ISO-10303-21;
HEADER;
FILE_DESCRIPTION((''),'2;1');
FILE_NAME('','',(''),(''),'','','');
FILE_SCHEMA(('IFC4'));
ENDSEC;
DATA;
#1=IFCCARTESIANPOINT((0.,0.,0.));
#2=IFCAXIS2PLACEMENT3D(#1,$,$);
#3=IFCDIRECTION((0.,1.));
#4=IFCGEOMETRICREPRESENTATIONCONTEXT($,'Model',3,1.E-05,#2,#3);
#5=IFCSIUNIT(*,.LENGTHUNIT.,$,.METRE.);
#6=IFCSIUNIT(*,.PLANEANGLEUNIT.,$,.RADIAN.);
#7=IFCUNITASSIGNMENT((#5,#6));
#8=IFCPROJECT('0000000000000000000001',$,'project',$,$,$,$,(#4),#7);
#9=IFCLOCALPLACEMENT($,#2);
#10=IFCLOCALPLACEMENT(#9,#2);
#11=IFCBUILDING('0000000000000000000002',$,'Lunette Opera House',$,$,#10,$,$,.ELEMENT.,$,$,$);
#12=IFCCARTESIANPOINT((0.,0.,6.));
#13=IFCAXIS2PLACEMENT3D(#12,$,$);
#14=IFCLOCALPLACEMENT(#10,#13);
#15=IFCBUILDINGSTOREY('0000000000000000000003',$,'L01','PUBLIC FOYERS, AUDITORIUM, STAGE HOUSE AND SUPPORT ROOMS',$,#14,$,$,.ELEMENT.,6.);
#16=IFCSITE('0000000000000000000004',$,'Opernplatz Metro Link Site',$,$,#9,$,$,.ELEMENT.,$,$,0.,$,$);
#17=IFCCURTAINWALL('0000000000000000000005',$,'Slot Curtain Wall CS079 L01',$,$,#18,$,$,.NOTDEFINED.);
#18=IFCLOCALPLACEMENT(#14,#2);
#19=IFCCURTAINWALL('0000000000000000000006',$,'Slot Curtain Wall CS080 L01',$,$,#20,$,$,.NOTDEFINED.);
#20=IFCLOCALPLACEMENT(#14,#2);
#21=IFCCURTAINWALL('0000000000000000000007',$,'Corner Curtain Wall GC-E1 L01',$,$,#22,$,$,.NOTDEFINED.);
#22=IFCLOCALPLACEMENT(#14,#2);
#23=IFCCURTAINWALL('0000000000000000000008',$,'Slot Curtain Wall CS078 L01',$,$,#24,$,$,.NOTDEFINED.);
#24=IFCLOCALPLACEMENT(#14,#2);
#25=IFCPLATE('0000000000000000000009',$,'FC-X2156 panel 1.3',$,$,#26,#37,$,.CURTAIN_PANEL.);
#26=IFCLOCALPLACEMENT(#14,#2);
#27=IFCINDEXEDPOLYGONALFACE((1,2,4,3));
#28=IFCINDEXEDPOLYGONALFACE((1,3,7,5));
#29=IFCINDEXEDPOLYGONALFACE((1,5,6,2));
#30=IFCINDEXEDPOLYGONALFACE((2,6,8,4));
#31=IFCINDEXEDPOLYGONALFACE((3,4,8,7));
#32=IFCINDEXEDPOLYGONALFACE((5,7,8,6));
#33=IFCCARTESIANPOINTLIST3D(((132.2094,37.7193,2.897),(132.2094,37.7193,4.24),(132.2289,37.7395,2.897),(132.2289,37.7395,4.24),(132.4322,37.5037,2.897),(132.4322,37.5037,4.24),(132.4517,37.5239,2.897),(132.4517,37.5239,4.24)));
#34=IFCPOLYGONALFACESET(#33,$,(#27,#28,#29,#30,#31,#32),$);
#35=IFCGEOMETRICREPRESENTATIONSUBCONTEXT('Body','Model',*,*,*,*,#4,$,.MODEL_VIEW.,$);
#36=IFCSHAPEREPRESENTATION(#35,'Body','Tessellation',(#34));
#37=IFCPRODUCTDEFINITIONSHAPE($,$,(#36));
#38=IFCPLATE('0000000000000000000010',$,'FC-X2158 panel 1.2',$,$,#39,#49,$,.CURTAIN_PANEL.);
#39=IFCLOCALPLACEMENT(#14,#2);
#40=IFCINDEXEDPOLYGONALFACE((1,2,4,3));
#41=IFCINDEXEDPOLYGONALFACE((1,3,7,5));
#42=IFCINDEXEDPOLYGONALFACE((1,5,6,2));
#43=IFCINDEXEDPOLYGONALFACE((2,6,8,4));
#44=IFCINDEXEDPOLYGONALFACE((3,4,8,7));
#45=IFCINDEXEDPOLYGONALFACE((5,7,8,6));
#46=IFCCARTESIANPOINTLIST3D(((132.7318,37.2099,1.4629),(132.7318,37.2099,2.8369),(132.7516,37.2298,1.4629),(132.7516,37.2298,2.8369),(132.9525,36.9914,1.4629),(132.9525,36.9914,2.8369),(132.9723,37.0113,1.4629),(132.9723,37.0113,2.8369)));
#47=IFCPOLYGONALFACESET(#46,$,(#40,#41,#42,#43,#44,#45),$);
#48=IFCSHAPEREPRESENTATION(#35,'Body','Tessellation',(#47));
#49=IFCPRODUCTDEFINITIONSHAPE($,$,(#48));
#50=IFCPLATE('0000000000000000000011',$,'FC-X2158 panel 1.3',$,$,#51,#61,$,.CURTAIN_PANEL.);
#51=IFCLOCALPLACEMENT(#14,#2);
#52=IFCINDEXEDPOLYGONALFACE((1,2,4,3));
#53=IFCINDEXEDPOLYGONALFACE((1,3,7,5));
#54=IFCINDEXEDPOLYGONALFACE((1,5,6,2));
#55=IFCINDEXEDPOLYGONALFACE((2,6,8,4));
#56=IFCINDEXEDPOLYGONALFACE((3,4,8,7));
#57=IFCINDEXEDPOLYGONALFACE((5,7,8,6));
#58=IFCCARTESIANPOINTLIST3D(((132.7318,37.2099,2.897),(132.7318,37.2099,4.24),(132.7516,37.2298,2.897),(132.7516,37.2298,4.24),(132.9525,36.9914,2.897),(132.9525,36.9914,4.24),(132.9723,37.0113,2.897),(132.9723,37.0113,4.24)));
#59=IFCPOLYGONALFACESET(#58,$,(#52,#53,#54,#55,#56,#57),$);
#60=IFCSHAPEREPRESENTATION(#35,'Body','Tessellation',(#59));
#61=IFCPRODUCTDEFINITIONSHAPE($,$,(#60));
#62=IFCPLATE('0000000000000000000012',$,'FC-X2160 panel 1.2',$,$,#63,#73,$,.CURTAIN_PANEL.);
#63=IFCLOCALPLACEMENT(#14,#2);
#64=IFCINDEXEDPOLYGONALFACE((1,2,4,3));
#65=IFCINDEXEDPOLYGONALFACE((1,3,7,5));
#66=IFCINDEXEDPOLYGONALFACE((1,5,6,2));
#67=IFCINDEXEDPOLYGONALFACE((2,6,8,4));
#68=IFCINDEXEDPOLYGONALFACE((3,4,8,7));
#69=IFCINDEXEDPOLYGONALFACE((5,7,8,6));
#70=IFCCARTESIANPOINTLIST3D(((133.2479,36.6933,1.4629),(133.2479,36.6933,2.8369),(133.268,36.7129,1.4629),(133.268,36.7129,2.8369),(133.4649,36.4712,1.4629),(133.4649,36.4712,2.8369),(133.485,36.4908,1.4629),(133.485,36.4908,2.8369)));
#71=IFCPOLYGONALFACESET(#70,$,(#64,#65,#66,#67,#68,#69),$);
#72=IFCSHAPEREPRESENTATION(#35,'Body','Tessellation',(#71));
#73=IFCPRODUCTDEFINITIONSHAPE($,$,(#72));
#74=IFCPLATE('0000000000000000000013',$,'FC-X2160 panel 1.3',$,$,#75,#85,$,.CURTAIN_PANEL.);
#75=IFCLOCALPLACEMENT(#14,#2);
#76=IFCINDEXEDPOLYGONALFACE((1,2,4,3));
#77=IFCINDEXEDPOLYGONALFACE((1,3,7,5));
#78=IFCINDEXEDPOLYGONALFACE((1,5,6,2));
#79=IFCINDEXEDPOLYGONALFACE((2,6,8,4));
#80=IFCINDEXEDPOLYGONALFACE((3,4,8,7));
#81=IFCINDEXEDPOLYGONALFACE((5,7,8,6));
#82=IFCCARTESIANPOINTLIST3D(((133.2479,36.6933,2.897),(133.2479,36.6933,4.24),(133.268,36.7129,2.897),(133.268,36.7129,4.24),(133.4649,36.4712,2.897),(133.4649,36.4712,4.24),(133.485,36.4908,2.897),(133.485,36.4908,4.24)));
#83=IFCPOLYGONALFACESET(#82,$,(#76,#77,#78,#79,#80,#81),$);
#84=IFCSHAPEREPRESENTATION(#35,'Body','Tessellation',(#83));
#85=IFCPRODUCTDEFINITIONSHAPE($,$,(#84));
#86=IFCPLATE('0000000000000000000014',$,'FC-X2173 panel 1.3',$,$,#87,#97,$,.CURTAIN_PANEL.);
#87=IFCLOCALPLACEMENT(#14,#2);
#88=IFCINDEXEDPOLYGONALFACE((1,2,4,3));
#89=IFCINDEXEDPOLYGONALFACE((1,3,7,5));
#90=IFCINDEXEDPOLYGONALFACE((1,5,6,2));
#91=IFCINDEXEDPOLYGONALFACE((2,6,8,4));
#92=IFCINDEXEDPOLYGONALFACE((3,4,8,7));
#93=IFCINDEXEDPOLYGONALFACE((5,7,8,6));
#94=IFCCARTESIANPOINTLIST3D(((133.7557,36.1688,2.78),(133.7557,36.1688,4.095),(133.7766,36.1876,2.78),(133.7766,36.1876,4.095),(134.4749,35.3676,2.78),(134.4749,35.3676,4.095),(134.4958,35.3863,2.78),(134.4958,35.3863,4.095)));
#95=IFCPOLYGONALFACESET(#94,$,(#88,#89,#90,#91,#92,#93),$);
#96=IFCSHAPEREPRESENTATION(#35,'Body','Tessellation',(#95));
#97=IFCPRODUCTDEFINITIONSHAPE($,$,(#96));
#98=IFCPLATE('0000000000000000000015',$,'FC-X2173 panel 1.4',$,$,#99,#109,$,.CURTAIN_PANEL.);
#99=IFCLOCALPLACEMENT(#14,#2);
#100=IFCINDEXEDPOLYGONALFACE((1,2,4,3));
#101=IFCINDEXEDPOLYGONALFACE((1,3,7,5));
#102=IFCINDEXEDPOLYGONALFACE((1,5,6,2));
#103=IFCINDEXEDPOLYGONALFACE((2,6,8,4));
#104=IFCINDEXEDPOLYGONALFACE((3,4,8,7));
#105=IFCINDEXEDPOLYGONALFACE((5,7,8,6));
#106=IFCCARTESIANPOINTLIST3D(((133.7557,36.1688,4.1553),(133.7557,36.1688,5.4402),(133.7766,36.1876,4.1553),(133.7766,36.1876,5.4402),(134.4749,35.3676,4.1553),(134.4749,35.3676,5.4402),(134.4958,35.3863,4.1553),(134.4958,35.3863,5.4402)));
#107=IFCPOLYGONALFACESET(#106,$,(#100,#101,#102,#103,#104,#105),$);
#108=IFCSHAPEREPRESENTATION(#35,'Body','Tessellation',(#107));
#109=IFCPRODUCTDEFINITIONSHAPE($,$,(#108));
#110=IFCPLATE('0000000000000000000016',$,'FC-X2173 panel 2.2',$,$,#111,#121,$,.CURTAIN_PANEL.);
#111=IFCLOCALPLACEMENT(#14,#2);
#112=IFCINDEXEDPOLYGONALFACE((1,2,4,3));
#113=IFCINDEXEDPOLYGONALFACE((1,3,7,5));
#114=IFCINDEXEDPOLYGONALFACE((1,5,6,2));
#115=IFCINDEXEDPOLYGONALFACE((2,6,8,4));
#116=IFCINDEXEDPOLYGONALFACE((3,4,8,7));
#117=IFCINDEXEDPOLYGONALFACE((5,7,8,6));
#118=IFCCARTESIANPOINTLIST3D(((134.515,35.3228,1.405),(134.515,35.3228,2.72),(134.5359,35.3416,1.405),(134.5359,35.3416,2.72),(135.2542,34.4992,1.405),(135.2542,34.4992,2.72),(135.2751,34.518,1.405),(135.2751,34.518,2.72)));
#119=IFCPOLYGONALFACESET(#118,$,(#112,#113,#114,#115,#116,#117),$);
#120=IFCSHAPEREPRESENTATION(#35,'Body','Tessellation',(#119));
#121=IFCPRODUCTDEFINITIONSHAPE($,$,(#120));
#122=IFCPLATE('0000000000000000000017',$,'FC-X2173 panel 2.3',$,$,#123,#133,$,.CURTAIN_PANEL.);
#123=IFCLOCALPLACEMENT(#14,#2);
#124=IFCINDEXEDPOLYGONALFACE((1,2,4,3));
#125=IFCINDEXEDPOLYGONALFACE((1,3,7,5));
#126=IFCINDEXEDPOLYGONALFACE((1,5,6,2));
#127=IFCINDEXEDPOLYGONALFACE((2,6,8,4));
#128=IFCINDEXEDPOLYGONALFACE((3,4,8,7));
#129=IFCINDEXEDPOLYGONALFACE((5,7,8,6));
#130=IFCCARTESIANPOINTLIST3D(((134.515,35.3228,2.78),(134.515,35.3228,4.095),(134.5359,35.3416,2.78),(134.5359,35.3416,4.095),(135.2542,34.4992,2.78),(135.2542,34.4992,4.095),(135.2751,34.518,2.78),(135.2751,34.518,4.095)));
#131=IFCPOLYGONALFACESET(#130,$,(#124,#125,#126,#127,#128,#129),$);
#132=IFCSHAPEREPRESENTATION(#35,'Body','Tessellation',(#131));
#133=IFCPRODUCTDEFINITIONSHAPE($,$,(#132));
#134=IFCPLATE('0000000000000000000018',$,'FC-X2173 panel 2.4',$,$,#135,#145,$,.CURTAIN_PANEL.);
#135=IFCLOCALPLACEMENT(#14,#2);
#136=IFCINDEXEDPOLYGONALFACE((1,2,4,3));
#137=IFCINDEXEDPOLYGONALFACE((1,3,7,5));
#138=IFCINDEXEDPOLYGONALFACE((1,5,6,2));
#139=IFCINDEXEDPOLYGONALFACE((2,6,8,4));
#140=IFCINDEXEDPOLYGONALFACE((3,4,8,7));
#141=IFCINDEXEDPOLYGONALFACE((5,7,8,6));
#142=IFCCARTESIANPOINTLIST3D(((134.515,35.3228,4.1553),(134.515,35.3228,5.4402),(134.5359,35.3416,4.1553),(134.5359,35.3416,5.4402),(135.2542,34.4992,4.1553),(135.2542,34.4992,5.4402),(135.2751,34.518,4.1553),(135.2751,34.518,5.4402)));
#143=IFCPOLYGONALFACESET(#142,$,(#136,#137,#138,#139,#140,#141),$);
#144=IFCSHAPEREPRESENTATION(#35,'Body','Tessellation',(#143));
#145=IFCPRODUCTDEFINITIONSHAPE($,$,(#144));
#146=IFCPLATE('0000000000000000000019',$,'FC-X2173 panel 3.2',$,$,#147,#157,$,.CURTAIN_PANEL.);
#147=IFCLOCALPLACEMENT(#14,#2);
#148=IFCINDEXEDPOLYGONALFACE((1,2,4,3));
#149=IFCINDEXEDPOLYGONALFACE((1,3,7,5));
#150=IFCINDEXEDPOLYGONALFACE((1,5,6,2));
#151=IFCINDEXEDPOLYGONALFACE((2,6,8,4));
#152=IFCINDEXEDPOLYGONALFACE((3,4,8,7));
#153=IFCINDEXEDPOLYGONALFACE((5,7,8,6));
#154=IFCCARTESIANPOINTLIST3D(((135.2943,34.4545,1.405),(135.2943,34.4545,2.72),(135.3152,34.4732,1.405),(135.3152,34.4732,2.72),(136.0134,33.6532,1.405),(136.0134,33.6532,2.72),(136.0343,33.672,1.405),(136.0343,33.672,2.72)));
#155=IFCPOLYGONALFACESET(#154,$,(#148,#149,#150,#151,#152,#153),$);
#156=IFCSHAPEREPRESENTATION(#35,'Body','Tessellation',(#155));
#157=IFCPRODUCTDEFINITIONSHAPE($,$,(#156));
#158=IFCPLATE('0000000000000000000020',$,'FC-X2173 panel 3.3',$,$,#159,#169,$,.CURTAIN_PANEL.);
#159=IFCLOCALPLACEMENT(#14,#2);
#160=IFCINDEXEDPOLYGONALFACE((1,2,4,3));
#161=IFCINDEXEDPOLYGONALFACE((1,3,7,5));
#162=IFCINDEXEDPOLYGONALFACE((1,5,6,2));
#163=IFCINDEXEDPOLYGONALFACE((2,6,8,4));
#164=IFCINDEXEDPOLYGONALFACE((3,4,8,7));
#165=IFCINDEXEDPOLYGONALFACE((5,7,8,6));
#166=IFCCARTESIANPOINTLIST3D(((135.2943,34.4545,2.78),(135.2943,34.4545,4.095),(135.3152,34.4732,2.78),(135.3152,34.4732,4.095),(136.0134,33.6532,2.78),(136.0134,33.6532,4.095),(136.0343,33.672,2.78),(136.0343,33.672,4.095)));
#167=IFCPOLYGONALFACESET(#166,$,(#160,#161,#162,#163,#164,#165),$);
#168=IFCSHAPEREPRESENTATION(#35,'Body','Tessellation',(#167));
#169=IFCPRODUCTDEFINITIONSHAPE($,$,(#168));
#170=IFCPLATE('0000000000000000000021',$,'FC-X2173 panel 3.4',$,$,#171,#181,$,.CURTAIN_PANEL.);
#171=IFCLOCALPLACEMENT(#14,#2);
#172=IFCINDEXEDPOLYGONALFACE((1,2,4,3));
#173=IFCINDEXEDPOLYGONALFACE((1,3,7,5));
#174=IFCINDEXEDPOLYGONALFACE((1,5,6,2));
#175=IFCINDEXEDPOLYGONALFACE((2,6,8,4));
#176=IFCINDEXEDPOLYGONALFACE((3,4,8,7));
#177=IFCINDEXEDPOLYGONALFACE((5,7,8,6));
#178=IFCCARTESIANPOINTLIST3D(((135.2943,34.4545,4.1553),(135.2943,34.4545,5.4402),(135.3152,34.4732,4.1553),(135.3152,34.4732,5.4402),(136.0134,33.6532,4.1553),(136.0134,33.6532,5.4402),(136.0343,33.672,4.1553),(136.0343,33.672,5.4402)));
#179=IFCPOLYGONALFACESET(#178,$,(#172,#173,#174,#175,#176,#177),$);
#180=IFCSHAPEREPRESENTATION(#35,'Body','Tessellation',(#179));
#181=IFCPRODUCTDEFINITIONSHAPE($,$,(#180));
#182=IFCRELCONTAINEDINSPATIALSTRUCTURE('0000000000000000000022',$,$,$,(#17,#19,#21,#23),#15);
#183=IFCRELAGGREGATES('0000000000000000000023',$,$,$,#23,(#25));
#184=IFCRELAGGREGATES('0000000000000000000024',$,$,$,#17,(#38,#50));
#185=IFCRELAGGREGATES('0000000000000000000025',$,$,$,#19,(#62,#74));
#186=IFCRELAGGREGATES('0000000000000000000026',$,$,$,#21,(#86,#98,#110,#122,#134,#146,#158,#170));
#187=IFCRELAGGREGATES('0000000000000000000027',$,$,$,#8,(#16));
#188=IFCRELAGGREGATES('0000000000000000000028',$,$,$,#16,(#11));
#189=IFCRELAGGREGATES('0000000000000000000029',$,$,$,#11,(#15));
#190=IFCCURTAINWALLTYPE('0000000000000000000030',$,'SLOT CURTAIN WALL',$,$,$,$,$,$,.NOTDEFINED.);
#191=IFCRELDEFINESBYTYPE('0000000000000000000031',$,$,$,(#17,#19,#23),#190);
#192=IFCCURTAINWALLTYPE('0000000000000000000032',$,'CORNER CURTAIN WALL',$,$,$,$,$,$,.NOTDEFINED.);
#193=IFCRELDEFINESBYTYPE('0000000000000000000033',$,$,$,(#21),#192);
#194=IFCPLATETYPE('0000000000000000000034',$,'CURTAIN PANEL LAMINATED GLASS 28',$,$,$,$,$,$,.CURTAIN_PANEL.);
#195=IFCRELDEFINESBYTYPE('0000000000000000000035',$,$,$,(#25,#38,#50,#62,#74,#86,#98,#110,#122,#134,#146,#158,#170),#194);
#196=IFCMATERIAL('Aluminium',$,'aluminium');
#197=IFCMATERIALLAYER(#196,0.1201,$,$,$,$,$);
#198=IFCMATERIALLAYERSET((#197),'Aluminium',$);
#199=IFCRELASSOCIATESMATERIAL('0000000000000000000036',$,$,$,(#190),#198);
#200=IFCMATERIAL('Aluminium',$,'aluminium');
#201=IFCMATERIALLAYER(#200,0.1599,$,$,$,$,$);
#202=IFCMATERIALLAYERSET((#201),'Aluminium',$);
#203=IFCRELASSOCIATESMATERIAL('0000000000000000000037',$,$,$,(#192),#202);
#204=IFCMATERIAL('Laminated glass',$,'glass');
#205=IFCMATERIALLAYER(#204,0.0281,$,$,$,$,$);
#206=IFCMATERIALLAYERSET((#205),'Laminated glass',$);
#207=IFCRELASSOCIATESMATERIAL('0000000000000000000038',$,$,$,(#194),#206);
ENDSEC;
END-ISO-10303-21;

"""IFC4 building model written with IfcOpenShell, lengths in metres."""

from ifc_helpers import new_model, si_unit, direction, frame, origin, origin_2d, place, context, subcontext, project, spatial, rectangle, extrude, material, layer, layer_set, type_object, element, aggregate, save


model = new_model("IFC4")

# Units and contexts
model_context = context("Model", 3, precision=1e-05, world=origin(), true_north=direction((0.0, 1.0)))
body_context = subcontext(model_context, "Body", "Model", "MODEL_VIEW")
ifc_project = project(units=[si_unit("LENGTHUNIT", "METRE"), si_unit("PLANEANGLEUNIT", "RADIAN")], contexts=[model_context])

# Site, building, storey
site_placement = place(None, origin())
site = spatial("IfcSite", under=ifc_project, at=site_placement, Name="Opernplatz Metro Link Site", CompositionType="ELEMENT", RefElevation=0.0)
building_placement = place(site_placement, origin())
building = spatial("IfcBuilding", under=site, at=building_placement, Name="Lunette Opera House", CompositionType="ELEMENT")
storey_placement = place(building_placement, frame((0.0, 0.0, 6.0)))
storey = spatial("IfcBuildingStorey", under=building, at=storey_placement, Name="L01", Description="PUBLIC FOYERS, AUDITORIUM, STAGE HOUSE AND SUPPORT ROOMS", CompositionType="ELEMENT", Elevation=6.0)

# Curtain walls
ifc_material_1 = material(Name="Aluminium", Category="aluminium")
ifc_layer_1 = layer(ifc_material_1, 0.1201)
ifc_layer_set_1 = layer_set([ifc_layer_1], Name="Aluminium")
curtain_wall_type_1 = type_object("IfcCurtainWallType", Name="SLOT CURTAIN WALL", PredefinedType="NOTDEFINED", material=ifc_layer_set_1)
curtain_wall_1_placement = place(storey_placement, origin())
curtain_wall_1 = element("IfcCurtainWall", 1, at=curtain_wall_1_placement, inside=storey, type_object=curtain_wall_type_1, Name="Slot Curtain Wall CS079 L01", PredefinedType="NOTDEFINED")
curtain_wall_2_placement = place(storey_placement, origin())
curtain_wall_2 = element("IfcCurtainWall", 2, at=curtain_wall_2_placement, inside=storey, type_object=curtain_wall_type_1, Name="Slot Curtain Wall CS080 L01", PredefinedType="NOTDEFINED")
ifc_material_2 = material(Name="Aluminium", Category="aluminium")
ifc_layer_2 = layer(ifc_material_2, 0.1599)
ifc_layer_set_2 = layer_set([ifc_layer_2], Name="Aluminium")
curtain_wall_type_2 = type_object("IfcCurtainWallType", Name="CORNER CURTAIN WALL", PredefinedType="NOTDEFINED", material=ifc_layer_set_2)
curtain_wall_3_placement = place(storey_placement, origin())
curtain_wall_3 = element("IfcCurtainWall", 3, at=curtain_wall_3_placement, inside=storey, type_object=curtain_wall_type_2, Name="Corner Curtain Wall GC-E1 L01", PredefinedType="NOTDEFINED")

# Curtain wall, plate
curtain_wall_4_placement = place(storey_placement, origin())
curtain_wall_4 = element("IfcCurtainWall", 4, at=curtain_wall_4_placement, inside=storey, type_object=curtain_wall_type_1, Name="Slot Curtain Wall CS078 L01", PredefinedType="NOTDEFINED")
ifc_material_3 = material(Name="Laminated glass", Category="glass")
ifc_layer_3 = layer(ifc_material_3, 0.0281)
ifc_layer_set_3 = layer_set([ifc_layer_3], Name="Laminated glass")
plate_type = type_object("IfcPlateType", Name="CURTAIN PANEL LAMINATED GLASS 28", PredefinedType="CURTAIN_PANEL", material=ifc_layer_set_3)
plate_1_placement = place(storey_placement, frame((132.3306, 37.6216, 2.897), z_axis=(0.0, 0.0, 1.0), x_axis=(0.71864, -0.695383, 0.0)))
plate_1 = element("IfcPlate", 5, at=plate_1_placement, type_object=plate_type, Name="FC-X2156 panel 1.3", PredefinedType="CURTAIN_PANEL", context=body_context, shape_type="SweptSolid", body=[
    extrude(rectangle(XDim=0.3101, YDim=0.0281, at=origin_2d()), origin(), (0.0, 0.0, 1.0), 1.343),
])
aggregate(curtain_wall_4, [plate_1])

# Plates
plate_2_placement = place(storey_placement, frame((132.8521, 37.1106, 1.4629), z_axis=(0.0, 0.0, 1.0), x_axis=(0.710581, -0.703615, 0.0)))
plate_2 = element("IfcPlate", 6, at=plate_2_placement, type_object=plate_type, Name="FC-X2158 panel 1.2", PredefinedType="CURTAIN_PANEL", context=body_context, shape_type="SweptSolid", body=[
    extrude(rectangle(XDim=0.3105, YDim=0.0281, at=origin_2d()), origin(), (0.0, 0.0, 1.0), 1.374),
])
plate_3_placement = place(storey_placement, frame((132.8521, 37.1106, 2.897), z_axis=(0.0, 0.0, 1.0), x_axis=(0.710581, -0.703615, 0.0)))
plate_3 = element("IfcPlate", 7, at=plate_3_placement, type_object=plate_type, Name="FC-X2158 panel 1.3", PredefinedType="CURTAIN_PANEL", context=body_context, shape_type="SweptSolid", body=[
    extrude(rectangle(XDim=0.3105, YDim=0.0281, at=origin_2d()), origin(), (0.0, 0.0, 1.0), 1.343),
])
aggregate(curtain_wall_1, [plate_2, plate_3])
plate_4_placement = place(storey_placement, frame((133.3665, 36.592, 1.4629), z_axis=(0.0, 0.0, 1.0), x_axis=(0.698933, -0.715187, 0.0)))
plate_4 = element("IfcPlate", 8, at=plate_4_placement, type_object=plate_type, Name="FC-X2160 panel 1.2", PredefinedType="CURTAIN_PANEL", context=body_context, shape_type="SweptSolid", body=[
    extrude(rectangle(XDim=0.3105, YDim=0.0281, at=origin_2d()), origin(), (0.0, 0.0, 1.0), 1.374),
])
plate_5_placement = place(storey_placement, frame((133.3665, 36.592, 2.897), z_axis=(0.0, 0.0, 1.0), x_axis=(0.698933, -0.715187, 0.0)))
plate_5 = element("IfcPlate", 9, at=plate_5_placement, type_object=plate_type, Name="FC-X2160 panel 1.3", PredefinedType="CURTAIN_PANEL", context=body_context, shape_type="SweptSolid", body=[
    extrude(rectangle(XDim=0.3105, YDim=0.0281, at=origin_2d()), origin(), (0.0, 0.0, 1.0), 1.343),
])
aggregate(curtain_wall_2, [plate_4, plate_5])
plate_6_placement = place(storey_placement, frame((134.1257, 35.7776, 2.78), z_axis=(0.0, 0.0, 1.0), x_axis=(0.667938, -0.744217, 0.0)))
plate_6 = element("IfcPlate", 10, at=plate_6_placement, type_object=plate_type, Name="FC-X2173 panel 1.3", PredefinedType="CURTAIN_PANEL", context=body_context, shape_type="SweptSolid", body=[
    extrude(rectangle(XDim=1.0767, YDim=0.0281, at=origin_2d()), origin(), (0.0, 0.0, 1.0), 1.3149),
])
plate_7_placement = place(storey_placement, frame((134.1257, 35.7776, 4.1553), z_axis=(0.0, 0.0, 1.0), x_axis=(0.667938, -0.744217, 0.0)))
plate_7 = element("IfcPlate", 11, at=plate_7_placement, type_object=plate_type, Name="FC-X2173 panel 1.4", PredefinedType="CURTAIN_PANEL", context=body_context, shape_type="SweptSolid", body=[
    extrude(rectangle(XDim=1.0767, YDim=0.0281, at=origin_2d()), origin(), (0.0, 0.0, 1.0), 1.2849),
])
plate_8_placement = place(storey_placement, frame((134.895, 34.9204, 1.405), z_axis=(0.0, 0.0, 1.0), x_axis=(0.667938, -0.744217, 0.0)))
plate_8 = element("IfcPlate", 12, at=plate_8_placement, type_object=plate_type, Name="FC-X2173 panel 2.2", PredefinedType="CURTAIN_PANEL", context=body_context, shape_type="SweptSolid", body=[
    extrude(rectangle(XDim=1.1067, YDim=0.0281, at=origin_2d()), origin(), (0.0, 0.0, 1.0), 1.3149),
])
plate_9_placement = place(storey_placement, frame((134.895, 34.9204, 2.78), z_axis=(0.0, 0.0, 1.0), x_axis=(0.667938, -0.744217, 0.0)))
plate_9 = element("IfcPlate", 13, at=plate_9_placement, type_object=plate_type, Name="FC-X2173 panel 2.3", PredefinedType="CURTAIN_PANEL", context=body_context, shape_type="SweptSolid", body=[
    extrude(rectangle(XDim=1.1067, YDim=0.0281, at=origin_2d()), origin(), (0.0, 0.0, 1.0), 1.3149),
])
plate_10_placement = place(storey_placement, frame((134.895, 34.9204, 4.1553), z_axis=(0.0, 0.0, 1.0), x_axis=(0.667938, -0.744217, 0.0)))
plate_10 = element("IfcPlate", 14, at=plate_10_placement, type_object=plate_type, Name="FC-X2173 panel 2.4", PredefinedType="CURTAIN_PANEL", context=body_context, shape_type="SweptSolid", body=[
    extrude(rectangle(XDim=1.1067, YDim=0.0281, at=origin_2d()), origin(), (0.0, 0.0, 1.0), 1.2849),
])
plate_11_placement = place(storey_placement, frame((135.6643, 34.0632, 1.405), z_axis=(0.0, 0.0, 1.0), x_axis=(0.667938, -0.744217, 0.0)))
plate_11 = element("IfcPlate", 15, at=plate_11_placement, type_object=plate_type, Name="FC-X2173 panel 3.2", PredefinedType="CURTAIN_PANEL", context=body_context, shape_type="SweptSolid", body=[
    extrude(rectangle(XDim=1.0767, YDim=0.0281, at=origin_2d()), origin(), (0.0, 0.0, 1.0), 1.3149),
])
plate_12_placement = place(storey_placement, frame((135.6643, 34.0632, 2.78), z_axis=(0.0, 0.0, 1.0), x_axis=(0.667938, -0.744217, 0.0)))
plate_12 = element("IfcPlate", 16, at=plate_12_placement, type_object=plate_type, Name="FC-X2173 panel 3.3", PredefinedType="CURTAIN_PANEL", context=body_context, shape_type="SweptSolid", body=[
    extrude(rectangle(XDim=1.0767, YDim=0.0281, at=origin_2d()), origin(), (0.0, 0.0, 1.0), 1.3149),
])
plate_13_placement = place(storey_placement, frame((135.6643, 34.0632, 4.1553), z_axis=(0.0, 0.0, 1.0), x_axis=(0.667938, -0.744217, 0.0)))
plate_13 = element("IfcPlate", 17, at=plate_13_placement, type_object=plate_type, Name="FC-X2173 panel 3.4", PredefinedType="CURTAIN_PANEL", context=body_context, shape_type="SweptSolid", body=[
    extrude(rectangle(XDim=1.0767, YDim=0.0281, at=origin_2d()), origin(), (0.0, 0.0, 1.0), 1.2849),
])
aggregate(curtain_wall_3, [plate_6, plate_7, plate_8, plate_9, plate_10, plate_11, plate_12, plate_13])

save(model, "model.ifc")
